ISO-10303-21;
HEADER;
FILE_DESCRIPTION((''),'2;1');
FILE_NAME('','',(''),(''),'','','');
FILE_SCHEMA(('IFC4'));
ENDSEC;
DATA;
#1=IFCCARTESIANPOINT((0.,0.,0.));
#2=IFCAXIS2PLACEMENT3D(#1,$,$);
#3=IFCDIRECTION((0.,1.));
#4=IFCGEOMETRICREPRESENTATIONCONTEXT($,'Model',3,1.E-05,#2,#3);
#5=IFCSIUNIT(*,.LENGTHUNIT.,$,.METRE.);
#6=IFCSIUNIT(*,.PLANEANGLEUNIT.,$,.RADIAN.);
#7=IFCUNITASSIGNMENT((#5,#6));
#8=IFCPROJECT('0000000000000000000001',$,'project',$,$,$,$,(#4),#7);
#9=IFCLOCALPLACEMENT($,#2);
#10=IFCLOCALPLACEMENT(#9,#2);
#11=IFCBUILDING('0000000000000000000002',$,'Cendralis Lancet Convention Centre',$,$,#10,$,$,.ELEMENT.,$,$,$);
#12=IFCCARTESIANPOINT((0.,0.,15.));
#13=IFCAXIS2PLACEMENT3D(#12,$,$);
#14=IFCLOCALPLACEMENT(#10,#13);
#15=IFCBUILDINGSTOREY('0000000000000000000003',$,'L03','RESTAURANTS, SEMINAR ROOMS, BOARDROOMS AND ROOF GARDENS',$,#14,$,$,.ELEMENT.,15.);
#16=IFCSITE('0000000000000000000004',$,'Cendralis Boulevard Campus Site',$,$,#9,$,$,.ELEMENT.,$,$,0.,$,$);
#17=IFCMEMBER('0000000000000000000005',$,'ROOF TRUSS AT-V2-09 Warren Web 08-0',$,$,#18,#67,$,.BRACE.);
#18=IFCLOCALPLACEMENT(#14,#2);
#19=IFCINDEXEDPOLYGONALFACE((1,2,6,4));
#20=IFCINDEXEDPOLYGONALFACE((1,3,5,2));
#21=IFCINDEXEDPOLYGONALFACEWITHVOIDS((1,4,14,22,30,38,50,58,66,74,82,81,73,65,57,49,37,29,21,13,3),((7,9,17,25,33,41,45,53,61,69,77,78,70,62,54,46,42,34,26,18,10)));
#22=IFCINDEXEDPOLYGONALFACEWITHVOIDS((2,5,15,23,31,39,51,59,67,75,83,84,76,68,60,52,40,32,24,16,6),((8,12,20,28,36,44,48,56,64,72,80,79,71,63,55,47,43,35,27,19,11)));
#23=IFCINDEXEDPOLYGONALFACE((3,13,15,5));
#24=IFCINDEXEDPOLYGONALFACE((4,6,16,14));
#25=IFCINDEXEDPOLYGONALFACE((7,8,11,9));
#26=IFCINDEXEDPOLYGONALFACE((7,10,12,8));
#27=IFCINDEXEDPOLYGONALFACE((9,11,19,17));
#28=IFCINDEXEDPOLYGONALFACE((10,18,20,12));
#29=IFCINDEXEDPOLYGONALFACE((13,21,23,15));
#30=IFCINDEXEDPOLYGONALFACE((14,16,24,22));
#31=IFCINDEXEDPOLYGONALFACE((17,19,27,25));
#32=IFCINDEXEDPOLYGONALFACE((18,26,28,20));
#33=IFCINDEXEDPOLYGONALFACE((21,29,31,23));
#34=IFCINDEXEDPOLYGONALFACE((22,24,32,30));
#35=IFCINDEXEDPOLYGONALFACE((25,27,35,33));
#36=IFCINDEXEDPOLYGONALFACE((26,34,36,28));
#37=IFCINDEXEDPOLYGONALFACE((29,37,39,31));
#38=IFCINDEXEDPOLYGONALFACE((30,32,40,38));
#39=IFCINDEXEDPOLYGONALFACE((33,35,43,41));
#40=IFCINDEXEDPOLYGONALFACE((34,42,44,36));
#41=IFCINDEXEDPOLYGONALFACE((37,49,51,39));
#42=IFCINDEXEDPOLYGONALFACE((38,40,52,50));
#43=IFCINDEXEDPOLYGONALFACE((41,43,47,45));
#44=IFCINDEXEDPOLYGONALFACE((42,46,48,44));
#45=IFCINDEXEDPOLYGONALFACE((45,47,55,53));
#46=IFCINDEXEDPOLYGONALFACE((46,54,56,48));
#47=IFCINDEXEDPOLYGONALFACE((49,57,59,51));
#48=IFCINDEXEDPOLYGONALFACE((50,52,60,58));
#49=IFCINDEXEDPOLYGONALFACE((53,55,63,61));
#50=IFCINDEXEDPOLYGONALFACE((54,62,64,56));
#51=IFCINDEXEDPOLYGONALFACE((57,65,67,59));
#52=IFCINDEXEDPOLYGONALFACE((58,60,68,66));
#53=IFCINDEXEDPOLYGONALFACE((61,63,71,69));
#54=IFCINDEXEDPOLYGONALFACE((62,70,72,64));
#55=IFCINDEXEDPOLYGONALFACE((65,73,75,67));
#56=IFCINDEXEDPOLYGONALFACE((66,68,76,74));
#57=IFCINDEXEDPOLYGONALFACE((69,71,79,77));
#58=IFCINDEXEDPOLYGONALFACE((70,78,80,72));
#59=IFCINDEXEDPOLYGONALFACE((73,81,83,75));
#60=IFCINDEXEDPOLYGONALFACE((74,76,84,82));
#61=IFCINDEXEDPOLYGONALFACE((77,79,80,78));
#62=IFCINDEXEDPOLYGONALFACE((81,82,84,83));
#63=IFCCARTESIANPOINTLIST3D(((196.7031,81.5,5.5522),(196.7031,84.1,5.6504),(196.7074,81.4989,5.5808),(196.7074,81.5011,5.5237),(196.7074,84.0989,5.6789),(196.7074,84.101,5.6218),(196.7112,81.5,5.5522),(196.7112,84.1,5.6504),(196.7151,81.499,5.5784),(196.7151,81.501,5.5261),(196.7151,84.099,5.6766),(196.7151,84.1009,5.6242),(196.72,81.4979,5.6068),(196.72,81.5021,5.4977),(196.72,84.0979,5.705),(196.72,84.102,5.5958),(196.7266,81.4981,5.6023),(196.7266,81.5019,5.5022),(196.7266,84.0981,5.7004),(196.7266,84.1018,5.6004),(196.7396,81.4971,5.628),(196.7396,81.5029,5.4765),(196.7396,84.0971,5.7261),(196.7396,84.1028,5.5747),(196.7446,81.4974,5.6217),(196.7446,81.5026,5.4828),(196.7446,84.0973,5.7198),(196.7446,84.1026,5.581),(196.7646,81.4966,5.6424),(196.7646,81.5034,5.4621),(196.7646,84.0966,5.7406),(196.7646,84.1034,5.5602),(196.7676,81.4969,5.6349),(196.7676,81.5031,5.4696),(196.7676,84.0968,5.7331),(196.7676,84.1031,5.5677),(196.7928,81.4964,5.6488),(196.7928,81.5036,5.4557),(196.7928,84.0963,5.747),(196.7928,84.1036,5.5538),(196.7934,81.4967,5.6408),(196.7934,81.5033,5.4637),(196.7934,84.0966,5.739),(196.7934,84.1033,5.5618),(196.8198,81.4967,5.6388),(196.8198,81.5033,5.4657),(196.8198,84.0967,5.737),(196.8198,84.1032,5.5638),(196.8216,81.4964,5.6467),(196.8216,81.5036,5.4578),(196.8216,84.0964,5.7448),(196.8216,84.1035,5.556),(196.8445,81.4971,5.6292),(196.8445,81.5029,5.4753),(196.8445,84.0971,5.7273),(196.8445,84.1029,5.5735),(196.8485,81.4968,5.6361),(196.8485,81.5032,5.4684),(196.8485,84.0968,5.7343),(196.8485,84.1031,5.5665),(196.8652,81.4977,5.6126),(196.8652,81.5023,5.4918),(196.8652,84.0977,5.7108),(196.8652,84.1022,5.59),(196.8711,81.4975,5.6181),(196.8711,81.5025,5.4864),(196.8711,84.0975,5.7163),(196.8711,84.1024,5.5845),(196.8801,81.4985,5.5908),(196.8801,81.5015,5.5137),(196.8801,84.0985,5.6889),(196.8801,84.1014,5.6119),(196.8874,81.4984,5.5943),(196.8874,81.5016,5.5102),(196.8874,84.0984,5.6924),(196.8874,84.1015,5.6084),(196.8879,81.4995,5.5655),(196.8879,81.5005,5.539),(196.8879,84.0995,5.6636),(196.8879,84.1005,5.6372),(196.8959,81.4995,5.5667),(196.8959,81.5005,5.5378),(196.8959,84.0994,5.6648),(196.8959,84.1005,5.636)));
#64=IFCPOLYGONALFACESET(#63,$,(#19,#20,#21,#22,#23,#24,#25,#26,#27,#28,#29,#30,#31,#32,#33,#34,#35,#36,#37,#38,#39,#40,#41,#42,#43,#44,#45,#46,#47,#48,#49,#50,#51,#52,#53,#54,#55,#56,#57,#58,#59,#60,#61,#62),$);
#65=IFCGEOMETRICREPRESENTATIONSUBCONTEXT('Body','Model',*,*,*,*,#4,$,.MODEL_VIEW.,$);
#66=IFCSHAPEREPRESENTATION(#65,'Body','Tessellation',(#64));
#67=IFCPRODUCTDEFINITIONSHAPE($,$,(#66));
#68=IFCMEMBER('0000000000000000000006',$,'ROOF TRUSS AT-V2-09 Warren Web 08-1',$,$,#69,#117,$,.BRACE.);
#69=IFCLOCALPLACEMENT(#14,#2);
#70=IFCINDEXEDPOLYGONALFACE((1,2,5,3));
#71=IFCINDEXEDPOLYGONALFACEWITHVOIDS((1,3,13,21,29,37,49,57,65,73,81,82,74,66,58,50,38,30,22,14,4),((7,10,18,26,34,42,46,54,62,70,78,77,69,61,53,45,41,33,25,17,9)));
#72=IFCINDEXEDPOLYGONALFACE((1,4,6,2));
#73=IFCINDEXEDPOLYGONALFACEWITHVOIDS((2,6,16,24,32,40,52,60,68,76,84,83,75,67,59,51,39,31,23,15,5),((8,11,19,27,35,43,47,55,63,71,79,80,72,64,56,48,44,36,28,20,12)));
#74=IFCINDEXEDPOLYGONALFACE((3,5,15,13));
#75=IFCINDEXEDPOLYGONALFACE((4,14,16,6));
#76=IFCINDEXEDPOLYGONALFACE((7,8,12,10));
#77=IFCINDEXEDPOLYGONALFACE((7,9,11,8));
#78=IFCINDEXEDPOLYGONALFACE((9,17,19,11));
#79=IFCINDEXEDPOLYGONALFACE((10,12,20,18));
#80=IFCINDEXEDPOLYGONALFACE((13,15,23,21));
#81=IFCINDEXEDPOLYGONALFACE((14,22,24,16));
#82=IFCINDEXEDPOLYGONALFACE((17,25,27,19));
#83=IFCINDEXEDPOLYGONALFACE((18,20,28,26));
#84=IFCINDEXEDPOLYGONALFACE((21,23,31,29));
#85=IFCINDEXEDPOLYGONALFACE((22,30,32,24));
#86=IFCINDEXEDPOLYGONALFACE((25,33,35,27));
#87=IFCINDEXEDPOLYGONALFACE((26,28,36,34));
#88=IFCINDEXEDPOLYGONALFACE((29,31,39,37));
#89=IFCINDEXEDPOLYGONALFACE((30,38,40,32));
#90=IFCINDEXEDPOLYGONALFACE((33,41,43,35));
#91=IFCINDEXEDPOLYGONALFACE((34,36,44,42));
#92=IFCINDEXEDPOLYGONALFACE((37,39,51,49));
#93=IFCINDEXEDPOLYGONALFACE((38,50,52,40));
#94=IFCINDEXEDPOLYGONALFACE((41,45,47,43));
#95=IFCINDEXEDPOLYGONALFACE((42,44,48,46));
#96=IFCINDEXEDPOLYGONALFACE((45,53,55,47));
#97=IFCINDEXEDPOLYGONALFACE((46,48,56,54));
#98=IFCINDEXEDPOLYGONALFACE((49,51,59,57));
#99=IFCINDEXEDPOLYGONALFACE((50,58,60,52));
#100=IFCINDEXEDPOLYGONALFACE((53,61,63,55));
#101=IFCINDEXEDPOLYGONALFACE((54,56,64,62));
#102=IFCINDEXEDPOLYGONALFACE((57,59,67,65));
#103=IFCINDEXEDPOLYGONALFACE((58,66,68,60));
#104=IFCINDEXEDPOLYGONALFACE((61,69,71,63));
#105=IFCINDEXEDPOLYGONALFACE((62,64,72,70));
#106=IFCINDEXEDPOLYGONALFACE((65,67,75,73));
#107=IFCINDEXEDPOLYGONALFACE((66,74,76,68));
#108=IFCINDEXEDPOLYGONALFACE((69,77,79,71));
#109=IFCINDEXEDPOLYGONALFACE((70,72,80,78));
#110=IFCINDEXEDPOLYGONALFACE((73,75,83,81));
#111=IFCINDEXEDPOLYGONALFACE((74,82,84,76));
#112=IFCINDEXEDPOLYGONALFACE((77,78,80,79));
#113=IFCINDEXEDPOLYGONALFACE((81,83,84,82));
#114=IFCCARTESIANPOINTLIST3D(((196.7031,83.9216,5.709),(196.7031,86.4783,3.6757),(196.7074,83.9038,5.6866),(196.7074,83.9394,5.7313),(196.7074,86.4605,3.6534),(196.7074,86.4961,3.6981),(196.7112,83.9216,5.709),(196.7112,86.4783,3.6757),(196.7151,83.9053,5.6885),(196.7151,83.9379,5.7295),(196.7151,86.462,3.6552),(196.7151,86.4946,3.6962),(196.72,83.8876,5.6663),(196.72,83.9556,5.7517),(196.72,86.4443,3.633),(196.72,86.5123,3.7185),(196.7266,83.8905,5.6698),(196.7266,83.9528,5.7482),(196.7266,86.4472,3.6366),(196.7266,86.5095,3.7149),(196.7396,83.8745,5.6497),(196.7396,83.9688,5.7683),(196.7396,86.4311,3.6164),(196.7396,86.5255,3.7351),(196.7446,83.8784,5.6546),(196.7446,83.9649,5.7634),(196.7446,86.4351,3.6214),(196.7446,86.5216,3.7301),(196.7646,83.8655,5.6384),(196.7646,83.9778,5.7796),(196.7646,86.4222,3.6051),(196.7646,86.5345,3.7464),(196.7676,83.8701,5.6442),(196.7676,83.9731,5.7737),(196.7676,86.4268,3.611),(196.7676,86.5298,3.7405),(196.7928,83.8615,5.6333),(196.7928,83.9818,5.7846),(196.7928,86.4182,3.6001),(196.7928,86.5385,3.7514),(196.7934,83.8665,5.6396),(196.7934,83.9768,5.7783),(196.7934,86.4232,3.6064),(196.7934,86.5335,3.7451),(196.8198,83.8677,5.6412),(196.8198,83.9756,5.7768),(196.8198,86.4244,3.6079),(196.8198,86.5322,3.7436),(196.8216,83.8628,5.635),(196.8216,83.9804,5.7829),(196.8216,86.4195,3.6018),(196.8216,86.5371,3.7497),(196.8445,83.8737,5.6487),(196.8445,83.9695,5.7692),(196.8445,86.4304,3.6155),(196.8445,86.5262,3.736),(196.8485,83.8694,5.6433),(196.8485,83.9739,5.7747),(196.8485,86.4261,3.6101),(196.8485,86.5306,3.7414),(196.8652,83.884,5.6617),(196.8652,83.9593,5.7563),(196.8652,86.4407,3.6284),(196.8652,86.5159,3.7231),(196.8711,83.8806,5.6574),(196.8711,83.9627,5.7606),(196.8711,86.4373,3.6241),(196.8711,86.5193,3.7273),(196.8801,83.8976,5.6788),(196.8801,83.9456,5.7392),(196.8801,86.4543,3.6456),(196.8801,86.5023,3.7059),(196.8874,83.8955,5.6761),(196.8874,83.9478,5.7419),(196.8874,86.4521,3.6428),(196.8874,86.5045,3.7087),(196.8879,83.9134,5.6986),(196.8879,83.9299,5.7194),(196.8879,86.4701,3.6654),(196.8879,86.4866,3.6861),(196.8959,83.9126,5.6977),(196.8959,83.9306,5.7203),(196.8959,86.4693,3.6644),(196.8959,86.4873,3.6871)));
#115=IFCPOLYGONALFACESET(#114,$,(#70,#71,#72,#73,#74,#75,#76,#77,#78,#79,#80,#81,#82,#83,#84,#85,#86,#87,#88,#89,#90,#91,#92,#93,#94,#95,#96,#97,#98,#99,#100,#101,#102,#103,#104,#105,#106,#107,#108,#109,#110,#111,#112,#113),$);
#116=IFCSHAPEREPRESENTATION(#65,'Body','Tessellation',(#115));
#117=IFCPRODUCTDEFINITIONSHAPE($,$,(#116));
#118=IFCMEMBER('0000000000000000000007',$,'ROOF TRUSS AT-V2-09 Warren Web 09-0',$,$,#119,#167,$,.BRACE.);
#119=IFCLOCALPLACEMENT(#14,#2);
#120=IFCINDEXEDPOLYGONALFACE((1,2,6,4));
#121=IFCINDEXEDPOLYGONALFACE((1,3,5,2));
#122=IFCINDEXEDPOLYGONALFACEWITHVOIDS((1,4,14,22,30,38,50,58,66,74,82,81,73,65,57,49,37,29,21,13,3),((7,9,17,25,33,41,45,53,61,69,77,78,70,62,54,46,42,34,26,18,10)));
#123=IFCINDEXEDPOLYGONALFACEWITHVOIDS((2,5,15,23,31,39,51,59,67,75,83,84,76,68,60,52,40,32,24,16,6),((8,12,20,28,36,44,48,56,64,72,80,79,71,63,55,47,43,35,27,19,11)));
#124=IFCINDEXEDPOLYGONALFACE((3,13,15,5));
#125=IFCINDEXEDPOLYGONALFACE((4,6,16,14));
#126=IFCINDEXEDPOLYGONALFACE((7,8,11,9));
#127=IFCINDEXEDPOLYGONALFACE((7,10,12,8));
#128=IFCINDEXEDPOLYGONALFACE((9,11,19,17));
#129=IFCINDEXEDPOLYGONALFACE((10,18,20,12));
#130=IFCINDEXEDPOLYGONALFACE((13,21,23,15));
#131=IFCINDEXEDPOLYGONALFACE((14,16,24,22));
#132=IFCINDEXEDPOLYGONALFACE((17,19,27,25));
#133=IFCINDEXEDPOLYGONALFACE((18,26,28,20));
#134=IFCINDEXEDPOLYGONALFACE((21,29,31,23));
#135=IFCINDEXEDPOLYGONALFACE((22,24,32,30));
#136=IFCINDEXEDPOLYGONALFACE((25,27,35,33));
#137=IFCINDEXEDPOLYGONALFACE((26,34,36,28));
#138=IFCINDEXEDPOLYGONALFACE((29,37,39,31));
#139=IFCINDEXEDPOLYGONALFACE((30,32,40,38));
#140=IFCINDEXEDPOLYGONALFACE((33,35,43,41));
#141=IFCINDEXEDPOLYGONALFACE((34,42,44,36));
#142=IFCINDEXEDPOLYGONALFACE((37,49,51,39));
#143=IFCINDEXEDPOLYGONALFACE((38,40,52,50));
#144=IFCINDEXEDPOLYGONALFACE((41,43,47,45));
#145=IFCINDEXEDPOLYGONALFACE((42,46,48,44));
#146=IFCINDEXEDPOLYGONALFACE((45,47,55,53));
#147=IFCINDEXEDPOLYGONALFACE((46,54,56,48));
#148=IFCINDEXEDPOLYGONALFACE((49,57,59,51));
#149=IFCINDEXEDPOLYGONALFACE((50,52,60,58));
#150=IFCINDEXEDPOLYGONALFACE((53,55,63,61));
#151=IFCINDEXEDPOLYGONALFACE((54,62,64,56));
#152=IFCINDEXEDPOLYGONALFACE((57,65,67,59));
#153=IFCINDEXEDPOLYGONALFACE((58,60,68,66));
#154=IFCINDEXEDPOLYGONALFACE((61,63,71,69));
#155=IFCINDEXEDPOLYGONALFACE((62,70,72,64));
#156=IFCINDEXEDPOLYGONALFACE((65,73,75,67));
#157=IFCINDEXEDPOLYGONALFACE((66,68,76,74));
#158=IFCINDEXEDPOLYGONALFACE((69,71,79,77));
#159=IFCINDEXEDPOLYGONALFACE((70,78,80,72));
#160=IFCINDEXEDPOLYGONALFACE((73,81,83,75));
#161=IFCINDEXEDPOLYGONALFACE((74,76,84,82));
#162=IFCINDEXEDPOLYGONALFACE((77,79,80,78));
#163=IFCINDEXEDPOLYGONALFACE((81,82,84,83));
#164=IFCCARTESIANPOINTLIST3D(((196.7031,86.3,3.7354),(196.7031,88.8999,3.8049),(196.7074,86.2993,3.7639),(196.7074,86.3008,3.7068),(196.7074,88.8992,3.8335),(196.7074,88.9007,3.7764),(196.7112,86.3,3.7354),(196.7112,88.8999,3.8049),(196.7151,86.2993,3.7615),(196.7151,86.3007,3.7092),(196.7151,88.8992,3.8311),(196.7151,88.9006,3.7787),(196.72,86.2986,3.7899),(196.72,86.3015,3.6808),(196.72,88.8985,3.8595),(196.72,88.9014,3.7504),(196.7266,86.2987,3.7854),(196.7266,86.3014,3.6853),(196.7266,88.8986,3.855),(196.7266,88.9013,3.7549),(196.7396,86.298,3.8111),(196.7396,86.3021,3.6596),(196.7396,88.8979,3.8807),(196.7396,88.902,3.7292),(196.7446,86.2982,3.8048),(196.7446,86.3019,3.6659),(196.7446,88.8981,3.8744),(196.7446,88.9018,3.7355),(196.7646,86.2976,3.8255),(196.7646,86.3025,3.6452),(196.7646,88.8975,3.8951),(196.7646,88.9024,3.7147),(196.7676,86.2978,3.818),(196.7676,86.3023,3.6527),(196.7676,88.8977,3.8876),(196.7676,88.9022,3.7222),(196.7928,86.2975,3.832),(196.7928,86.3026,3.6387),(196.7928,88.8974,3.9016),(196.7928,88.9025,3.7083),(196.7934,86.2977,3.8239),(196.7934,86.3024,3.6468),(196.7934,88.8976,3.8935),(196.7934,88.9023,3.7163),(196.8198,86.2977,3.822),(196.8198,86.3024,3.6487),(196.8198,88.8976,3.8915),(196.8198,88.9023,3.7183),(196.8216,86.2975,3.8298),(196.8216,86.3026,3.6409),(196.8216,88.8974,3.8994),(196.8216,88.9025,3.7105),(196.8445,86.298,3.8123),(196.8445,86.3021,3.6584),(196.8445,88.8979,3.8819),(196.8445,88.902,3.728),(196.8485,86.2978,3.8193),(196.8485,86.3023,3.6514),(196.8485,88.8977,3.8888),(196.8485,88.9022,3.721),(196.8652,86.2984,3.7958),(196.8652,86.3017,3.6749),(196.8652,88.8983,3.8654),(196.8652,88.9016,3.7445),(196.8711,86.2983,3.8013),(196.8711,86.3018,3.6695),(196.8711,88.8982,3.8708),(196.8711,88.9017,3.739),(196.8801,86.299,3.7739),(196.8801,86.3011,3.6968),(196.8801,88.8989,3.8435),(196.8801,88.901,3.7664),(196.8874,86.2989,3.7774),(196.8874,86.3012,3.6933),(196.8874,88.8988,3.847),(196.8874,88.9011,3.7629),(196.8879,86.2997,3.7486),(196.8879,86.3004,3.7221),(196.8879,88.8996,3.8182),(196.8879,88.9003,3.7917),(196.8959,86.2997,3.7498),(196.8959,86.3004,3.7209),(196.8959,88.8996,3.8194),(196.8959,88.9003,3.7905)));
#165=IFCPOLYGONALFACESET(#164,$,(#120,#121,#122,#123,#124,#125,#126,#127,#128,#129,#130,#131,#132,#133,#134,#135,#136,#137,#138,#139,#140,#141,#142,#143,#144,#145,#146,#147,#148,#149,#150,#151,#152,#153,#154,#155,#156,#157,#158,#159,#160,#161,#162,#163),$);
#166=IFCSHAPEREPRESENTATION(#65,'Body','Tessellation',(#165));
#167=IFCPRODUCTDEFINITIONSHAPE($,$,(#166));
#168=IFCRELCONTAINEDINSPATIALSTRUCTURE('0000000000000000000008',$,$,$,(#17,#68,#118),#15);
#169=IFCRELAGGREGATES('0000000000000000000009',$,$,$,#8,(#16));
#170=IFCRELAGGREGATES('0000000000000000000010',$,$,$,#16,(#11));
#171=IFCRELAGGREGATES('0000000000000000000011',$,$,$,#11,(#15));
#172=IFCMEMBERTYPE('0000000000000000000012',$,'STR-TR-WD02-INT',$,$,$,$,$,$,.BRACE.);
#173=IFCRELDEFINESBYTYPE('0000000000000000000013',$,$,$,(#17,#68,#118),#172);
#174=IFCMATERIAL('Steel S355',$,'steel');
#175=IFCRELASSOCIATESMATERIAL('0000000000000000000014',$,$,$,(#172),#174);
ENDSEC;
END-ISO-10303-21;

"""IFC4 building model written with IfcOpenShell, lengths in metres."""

from ifc_helpers import new_model, si_unit, direction, frame, origin, origin_2d, place, context, subcontext, project, spatial, hollow_circle, extrude, material, material_profile, profile_set, type_object, element, save


model = new_model("IFC4")

# Units and contexts
model_context = context("Model", 3, precision=1e-05, world=origin(), true_north=direction((0.0, 1.0)))
body_context = subcontext(model_context, "Body", "Model", "MODEL_VIEW")
ifc_project = project(units=[si_unit("LENGTHUNIT", "METRE"), si_unit("PLANEANGLEUNIT", "RADIAN")], contexts=[model_context])

# Site, building, storey
site_placement = place(None, origin())
site = spatial("IfcSite", under=ifc_project, at=site_placement, Name="Cendralis Boulevard Campus Site", CompositionType="ELEMENT", RefElevation=0.0)
building_placement = place(site_placement, origin())
building = spatial("IfcBuilding", under=site, at=building_placement, Name="Cendralis Lancet Convention Centre", CompositionType="ELEMENT")
storey_placement = place(building_placement, frame((0.0, 0.0, 15.0)))
storey = spatial("IfcBuildingStorey", under=building, at=storey_placement, Name="L03", Description="RESTAURANTS, SEMINAR ROOMS, BOARDROOMS AND ROOF GARDENS", CompositionType="ELEMENT", Elevation=15.0)

# Shared definitions
ifc_material_1 = material(Name="Steel S355", Category="steel")

# Members
ifc_material_profile_1 = material_profile(ifc_material_1, hollow_circle(Radius=0.0969, WallThickness=0.0081, at=origin_2d()), Name="CHS 193.7x8.0")
ifc_profile_set_1 = profile_set([ifc_material_profile_1], Name="Steel S355")
member_type_1 = type_object("IfcMemberType", Name="STR-TR-WD02-INT", PredefinedType="BRACE", material=ifc_profile_set_1)
member_1_placement = place(storey_placement, frame((196.8, 81.5, 5.5522), z_axis=(0.0, 0.999288, 0.037723), x_axis=(-1.0, 0.0, 0.0)))
element("IfcMember", 1, at=member_1_placement, inside=storey, type_object=member_type_1, Name="ROOF TRUSS AT-V2-09 Warren Web 08-0", PredefinedType="BRACE", context=body_context, shape_type="SweptSolid", body=[
    extrude(hollow_circle(Radius=0.0969, WallThickness=0.0081, at=origin_2d()), origin(), (0.0, 0.0, 1.0), 2.6018),
])
member_2_placement = place(storey_placement, frame((196.8, 83.9216, 5.709), z_axis=(0.0, 0.782674, -0.622432), x_axis=(-1.0, 0.0, 0.0)))
element("IfcMember", 2, at=member_2_placement, inside=storey, type_object=member_type_1, Name="ROOF TRUSS AT-V2-09 Warren Web 08-1", PredefinedType="BRACE", context=body_context, shape_type="SweptSolid", body=[
    extrude(hollow_circle(Radius=0.0969, WallThickness=0.0081, at=origin_2d()), origin(), (0.0, 0.0, 1.0), 3.2666),
])
member_3_placement = place(storey_placement, frame((196.8, 86.3, 3.7354), z_axis=(0.0, 0.999642, 0.026753), x_axis=(-1.0, 0.0, 0.0)))
element("IfcMember", 3, at=member_3_placement, inside=storey, type_object=member_type_1, Name="ROOF TRUSS AT-V2-09 Warren Web 09-0", PredefinedType="BRACE", context=body_context, shape_type="SweptSolid", body=[
    extrude(hollow_circle(Radius=0.0969, WallThickness=0.0081, at=origin_2d()), origin(), (0.0, 0.0, 1.0), 2.6008),
])

save(model, "model.ifc")
